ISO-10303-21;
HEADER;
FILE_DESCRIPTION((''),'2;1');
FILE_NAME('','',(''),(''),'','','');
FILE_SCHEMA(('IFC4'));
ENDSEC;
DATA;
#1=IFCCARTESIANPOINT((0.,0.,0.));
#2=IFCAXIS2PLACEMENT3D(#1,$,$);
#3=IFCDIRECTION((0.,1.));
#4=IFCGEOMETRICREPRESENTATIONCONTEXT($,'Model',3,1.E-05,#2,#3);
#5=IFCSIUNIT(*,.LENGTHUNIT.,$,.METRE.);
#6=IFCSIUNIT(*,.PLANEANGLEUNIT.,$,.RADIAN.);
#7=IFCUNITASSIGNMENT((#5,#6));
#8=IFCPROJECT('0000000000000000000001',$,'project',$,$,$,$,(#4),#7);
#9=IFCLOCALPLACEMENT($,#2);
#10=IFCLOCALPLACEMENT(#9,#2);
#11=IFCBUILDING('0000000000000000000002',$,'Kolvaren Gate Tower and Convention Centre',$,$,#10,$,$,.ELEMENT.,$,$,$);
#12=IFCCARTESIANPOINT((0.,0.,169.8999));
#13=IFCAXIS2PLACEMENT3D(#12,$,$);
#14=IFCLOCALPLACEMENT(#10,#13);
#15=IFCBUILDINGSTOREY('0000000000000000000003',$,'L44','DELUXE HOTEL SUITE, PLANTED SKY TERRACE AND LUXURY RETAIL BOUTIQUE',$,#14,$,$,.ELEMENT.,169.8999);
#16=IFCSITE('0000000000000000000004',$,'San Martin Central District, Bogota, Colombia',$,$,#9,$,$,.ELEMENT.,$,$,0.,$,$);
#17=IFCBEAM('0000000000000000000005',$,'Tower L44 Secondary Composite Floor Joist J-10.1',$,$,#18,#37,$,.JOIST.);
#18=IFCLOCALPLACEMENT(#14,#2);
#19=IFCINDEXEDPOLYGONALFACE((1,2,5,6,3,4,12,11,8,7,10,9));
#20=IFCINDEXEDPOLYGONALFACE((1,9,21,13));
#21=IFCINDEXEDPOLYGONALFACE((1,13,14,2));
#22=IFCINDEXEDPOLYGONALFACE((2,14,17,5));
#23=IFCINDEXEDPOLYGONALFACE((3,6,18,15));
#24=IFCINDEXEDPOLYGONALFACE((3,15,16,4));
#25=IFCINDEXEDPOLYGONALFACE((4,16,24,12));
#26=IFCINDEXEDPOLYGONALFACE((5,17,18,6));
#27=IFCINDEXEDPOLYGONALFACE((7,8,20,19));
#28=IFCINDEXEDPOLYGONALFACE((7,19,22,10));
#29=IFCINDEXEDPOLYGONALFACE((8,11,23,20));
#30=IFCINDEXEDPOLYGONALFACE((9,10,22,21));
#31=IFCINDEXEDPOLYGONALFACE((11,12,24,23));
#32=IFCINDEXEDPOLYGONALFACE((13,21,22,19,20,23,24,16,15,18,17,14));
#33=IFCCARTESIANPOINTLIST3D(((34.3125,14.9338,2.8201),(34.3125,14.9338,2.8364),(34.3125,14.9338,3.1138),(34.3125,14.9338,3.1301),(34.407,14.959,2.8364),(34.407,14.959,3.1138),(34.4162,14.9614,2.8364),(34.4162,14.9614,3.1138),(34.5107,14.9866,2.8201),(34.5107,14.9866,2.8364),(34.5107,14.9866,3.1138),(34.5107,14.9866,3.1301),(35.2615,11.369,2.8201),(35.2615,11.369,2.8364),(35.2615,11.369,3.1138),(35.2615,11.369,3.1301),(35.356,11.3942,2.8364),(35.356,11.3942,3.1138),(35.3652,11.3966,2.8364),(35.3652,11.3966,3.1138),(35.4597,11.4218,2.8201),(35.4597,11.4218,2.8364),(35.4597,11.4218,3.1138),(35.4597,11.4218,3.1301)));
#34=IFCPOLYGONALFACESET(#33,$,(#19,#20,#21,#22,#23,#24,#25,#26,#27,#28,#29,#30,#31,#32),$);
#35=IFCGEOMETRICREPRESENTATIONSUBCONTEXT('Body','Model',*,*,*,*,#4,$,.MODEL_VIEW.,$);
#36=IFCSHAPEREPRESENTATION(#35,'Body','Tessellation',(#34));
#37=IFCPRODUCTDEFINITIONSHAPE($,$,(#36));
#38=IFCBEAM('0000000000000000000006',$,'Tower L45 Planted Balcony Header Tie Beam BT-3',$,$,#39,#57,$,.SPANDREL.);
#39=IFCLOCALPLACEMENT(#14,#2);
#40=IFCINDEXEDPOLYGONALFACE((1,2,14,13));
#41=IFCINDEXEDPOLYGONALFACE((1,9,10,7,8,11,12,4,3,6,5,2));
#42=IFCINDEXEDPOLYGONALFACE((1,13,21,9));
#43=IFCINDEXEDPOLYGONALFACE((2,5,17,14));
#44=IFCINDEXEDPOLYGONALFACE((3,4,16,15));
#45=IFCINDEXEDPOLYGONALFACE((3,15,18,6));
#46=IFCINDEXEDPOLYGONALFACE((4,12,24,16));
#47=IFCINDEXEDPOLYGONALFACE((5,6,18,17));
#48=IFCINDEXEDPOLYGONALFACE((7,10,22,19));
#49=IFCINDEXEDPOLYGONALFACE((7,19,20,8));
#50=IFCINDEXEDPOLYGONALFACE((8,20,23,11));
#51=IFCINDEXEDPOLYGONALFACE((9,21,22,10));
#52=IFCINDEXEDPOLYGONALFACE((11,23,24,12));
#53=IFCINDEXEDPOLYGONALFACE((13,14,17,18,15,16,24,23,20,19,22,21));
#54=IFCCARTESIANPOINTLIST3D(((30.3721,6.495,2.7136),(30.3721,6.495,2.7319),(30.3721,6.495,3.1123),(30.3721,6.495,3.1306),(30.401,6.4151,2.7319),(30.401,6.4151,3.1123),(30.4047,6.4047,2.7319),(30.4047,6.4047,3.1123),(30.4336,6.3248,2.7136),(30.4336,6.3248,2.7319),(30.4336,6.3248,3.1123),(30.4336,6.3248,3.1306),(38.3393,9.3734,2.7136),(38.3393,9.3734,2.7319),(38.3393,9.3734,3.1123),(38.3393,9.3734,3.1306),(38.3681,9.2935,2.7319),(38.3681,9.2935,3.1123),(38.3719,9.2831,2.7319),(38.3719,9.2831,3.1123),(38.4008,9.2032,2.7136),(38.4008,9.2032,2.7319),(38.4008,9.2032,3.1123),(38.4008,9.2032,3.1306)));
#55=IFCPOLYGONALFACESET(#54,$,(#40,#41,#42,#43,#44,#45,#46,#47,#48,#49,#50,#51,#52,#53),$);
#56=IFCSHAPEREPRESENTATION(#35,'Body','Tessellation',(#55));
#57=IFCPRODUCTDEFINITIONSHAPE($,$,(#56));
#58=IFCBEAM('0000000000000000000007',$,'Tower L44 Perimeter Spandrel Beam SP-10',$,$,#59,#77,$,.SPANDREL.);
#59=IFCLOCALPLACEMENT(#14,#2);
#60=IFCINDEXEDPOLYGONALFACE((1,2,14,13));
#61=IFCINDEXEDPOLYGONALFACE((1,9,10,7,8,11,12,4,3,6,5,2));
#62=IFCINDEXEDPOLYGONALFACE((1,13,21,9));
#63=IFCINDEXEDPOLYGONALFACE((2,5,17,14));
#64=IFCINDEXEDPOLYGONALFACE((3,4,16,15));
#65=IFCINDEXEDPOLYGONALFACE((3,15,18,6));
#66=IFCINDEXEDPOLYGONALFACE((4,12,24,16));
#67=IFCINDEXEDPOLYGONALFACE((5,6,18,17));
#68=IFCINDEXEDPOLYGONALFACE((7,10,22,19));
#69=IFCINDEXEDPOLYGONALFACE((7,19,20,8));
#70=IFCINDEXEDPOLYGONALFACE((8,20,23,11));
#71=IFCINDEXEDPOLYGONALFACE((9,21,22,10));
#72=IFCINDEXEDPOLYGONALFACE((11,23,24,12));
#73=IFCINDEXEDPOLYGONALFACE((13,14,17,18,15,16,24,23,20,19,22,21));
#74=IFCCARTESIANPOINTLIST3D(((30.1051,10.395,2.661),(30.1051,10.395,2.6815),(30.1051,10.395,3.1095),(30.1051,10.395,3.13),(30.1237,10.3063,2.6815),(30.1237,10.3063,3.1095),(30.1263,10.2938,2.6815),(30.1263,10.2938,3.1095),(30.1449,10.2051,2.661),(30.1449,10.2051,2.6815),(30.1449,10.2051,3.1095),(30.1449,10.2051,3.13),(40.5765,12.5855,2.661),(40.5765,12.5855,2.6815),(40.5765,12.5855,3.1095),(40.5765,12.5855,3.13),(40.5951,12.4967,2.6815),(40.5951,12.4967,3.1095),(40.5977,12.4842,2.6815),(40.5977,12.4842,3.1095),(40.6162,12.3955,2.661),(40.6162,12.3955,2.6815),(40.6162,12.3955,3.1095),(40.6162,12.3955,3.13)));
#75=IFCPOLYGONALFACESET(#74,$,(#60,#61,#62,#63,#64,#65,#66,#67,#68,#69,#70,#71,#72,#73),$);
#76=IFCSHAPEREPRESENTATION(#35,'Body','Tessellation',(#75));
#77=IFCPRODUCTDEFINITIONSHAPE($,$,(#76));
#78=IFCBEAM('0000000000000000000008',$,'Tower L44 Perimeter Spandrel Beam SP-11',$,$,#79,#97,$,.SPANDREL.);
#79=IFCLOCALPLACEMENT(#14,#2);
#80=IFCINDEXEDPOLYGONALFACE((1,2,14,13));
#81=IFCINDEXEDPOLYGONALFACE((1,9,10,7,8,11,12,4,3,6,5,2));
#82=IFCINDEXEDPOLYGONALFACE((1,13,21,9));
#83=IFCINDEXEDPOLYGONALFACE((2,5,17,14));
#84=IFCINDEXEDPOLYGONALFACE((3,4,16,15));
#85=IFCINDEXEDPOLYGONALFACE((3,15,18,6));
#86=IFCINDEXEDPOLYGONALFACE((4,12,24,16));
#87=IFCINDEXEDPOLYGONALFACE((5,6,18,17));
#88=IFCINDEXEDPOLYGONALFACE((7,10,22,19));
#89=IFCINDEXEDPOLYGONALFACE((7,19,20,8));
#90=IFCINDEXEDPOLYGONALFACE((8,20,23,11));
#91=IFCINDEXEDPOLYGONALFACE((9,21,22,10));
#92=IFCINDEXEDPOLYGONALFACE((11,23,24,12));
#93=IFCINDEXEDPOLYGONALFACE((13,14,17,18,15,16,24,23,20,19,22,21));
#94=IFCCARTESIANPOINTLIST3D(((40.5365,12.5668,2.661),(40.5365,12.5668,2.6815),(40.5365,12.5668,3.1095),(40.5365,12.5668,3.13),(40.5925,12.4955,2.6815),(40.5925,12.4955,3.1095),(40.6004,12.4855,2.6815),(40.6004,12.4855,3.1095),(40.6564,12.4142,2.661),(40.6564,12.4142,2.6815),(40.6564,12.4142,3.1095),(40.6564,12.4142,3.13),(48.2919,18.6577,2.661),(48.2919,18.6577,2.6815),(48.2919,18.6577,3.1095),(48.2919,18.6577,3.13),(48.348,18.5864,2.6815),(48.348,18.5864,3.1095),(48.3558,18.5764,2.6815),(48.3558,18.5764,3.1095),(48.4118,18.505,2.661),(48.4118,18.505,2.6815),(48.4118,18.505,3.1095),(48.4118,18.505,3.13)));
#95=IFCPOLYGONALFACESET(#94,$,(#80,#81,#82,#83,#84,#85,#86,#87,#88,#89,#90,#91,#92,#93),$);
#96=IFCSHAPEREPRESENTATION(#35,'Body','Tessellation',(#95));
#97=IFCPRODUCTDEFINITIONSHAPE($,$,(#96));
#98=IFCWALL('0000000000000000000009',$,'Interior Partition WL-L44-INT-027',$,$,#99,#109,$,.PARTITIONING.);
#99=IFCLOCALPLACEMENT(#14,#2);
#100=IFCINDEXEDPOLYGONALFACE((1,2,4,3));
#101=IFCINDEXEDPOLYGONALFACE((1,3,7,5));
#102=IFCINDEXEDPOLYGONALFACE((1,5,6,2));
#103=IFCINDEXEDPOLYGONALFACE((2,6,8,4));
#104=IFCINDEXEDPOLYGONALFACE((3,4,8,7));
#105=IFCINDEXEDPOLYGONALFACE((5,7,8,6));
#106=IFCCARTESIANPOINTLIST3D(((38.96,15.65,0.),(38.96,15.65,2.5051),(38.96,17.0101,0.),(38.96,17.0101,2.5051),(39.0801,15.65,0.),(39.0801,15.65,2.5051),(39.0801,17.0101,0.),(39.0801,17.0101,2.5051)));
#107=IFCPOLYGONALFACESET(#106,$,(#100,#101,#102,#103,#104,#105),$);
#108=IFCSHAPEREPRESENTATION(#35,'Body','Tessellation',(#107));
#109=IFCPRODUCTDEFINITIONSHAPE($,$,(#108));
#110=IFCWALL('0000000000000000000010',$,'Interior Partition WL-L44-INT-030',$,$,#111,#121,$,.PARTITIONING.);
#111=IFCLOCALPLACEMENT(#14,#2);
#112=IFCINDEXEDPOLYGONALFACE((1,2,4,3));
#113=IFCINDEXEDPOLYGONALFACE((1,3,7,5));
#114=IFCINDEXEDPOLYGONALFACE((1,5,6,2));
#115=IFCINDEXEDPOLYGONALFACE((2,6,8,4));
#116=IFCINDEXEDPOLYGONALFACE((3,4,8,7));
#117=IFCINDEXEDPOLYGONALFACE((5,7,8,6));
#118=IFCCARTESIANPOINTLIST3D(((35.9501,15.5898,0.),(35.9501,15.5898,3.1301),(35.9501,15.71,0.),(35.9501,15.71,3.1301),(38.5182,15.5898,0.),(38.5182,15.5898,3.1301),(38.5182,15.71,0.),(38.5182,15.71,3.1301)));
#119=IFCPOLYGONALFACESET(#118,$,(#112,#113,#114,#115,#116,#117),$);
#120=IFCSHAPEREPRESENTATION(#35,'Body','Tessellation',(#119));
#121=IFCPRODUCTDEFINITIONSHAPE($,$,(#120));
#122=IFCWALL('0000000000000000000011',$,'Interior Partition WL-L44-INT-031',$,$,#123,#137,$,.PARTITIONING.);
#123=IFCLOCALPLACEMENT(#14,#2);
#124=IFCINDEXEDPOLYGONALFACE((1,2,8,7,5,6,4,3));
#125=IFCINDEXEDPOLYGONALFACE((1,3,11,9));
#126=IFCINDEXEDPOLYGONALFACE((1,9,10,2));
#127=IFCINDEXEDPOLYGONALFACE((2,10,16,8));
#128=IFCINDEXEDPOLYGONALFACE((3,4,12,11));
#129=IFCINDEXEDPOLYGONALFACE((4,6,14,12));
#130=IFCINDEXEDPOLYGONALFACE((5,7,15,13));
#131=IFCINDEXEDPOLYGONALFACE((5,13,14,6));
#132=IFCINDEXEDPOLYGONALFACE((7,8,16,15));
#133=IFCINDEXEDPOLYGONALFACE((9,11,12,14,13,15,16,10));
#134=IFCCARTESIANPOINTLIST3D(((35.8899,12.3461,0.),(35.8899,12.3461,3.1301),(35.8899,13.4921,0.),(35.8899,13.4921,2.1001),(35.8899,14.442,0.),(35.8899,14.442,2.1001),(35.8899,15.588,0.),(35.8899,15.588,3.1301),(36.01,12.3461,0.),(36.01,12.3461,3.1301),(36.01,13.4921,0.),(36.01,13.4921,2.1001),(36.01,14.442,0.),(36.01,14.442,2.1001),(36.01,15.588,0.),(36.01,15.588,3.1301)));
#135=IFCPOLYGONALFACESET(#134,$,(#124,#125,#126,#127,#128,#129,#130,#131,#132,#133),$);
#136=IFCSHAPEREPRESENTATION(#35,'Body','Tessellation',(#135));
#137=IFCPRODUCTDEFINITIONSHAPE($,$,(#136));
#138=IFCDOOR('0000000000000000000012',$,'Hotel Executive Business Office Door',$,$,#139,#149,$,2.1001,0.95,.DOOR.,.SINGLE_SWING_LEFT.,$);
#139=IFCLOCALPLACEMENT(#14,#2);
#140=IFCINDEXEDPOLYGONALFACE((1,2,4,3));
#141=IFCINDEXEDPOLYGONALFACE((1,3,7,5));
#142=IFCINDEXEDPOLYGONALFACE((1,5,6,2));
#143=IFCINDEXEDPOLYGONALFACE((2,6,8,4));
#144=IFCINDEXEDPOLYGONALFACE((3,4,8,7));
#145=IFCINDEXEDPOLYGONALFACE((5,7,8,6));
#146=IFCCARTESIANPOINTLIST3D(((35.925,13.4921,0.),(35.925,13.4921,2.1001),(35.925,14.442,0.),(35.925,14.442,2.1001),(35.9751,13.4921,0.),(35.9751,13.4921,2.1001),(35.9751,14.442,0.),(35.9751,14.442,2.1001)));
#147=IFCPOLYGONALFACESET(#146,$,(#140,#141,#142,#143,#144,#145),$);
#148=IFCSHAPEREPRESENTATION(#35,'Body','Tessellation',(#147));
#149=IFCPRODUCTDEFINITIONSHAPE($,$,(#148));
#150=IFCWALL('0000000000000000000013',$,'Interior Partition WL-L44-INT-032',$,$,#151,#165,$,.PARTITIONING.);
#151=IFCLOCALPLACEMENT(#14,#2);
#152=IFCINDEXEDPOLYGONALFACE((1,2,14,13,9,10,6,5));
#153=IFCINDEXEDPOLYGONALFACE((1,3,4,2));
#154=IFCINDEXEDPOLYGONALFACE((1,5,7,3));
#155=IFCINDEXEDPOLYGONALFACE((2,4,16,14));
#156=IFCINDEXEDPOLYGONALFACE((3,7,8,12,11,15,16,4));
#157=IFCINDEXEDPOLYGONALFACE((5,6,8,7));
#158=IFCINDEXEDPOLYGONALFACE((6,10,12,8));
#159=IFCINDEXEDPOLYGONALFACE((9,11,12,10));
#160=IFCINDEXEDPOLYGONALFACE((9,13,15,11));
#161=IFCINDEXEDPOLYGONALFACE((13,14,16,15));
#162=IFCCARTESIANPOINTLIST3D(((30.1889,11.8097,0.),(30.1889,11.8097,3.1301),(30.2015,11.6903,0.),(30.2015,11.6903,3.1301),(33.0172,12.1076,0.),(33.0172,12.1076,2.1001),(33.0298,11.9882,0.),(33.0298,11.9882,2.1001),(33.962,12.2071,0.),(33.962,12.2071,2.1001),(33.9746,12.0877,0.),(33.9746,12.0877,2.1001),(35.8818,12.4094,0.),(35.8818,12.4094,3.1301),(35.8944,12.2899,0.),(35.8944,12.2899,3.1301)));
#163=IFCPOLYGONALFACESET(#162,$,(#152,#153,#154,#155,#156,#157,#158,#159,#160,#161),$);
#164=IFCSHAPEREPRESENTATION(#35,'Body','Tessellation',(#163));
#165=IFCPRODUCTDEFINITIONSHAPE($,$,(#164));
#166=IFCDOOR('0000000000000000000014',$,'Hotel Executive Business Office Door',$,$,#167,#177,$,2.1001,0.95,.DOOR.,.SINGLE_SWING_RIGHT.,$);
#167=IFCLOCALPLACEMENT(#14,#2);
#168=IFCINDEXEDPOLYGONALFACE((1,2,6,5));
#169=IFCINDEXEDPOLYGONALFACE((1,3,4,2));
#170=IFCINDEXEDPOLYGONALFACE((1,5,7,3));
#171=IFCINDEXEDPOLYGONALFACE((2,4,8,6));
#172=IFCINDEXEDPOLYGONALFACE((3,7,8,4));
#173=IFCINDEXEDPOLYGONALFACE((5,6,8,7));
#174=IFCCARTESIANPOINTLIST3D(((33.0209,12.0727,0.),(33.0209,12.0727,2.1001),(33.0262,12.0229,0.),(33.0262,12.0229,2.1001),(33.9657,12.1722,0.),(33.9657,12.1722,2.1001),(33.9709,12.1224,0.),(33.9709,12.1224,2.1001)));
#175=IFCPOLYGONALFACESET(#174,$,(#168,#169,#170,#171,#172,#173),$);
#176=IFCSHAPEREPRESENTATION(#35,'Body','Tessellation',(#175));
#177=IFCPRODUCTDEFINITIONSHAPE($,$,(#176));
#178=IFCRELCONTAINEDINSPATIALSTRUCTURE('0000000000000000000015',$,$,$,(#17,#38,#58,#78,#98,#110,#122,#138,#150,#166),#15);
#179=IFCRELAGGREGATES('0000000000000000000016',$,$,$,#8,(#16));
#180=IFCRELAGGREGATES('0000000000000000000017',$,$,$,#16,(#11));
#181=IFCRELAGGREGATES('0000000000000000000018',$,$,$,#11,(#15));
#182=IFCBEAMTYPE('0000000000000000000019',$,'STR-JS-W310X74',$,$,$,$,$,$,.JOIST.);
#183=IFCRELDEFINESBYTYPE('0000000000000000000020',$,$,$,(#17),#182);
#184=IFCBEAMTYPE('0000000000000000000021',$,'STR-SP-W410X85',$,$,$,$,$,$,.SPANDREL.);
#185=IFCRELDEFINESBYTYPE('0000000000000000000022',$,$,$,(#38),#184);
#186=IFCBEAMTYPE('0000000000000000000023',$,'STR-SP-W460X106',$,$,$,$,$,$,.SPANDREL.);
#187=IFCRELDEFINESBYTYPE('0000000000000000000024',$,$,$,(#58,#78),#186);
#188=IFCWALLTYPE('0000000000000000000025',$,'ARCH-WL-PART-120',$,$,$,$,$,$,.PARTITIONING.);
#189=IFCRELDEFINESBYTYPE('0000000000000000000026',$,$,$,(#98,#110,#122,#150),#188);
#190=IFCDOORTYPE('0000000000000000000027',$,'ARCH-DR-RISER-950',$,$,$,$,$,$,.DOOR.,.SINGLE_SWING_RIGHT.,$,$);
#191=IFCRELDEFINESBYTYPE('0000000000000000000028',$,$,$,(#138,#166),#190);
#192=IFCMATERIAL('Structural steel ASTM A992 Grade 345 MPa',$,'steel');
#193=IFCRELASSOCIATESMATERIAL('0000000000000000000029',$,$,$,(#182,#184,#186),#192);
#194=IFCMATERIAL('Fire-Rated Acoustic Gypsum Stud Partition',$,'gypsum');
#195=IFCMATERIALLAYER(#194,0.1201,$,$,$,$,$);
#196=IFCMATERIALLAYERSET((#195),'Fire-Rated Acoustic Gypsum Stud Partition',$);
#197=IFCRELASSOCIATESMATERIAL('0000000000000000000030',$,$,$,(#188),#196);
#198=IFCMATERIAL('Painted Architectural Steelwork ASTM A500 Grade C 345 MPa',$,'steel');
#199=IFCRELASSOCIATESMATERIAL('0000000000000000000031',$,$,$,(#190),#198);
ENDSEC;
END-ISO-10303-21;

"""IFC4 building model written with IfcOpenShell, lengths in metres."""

from ifc_helpers import new_model, si_unit, direction, frame, frame_2d, origin, origin_2d, place, context, subcontext, project, spatial, rectangle, i_section, extrude, material, layer, layer_set, material_profile, profile_set, type_object, element, fill, save


model = new_model("IFC4")

# Units and contexts
model_context = context("Model", 3, precision=1e-05, world=origin(), true_north=direction((0.0, 1.0)))
body_context = subcontext(model_context, "Body", "Model", "MODEL_VIEW")
ifc_project = project(units=[si_unit("LENGTHUNIT", "METRE"), si_unit("PLANEANGLEUNIT", "RADIAN")], contexts=[model_context])

# Site, building, storey
site_placement = place(None, origin())
site = spatial("IfcSite", under=ifc_project, at=site_placement, Name="San Martin Central District, Bogota, Colombia", CompositionType="ELEMENT", RefElevation=0.0)
building_placement = place(site_placement, origin())
building = spatial("IfcBuilding", under=site, at=building_placement, Name="Kolvaren Gate Tower and Convention Centre", CompositionType="ELEMENT")
storey_placement = place(building_placement, frame((0.0, 0.0, 169.8999)))
storey = spatial("IfcBuildingStorey", under=building, at=storey_placement, Name="L44", Description="DELUXE HOTEL SUITE, PLANTED SKY TERRACE AND LUXURY RETAIL BOUTIQUE", CompositionType="ELEMENT", Elevation=169.8999)

# Beams
ifc_material_1 = material(Name="Structural steel ASTM A992 Grade 345 MPa", Category="steel")
ifc_material_profile_1 = material_profile(ifc_material_1, i_section(OverallWidth=0.2051, OverallDepth=0.3101, WebThickness=0.0095, FlangeThickness=0.0164, at=origin_2d()), Name="W310X74")
ifc_profile_set_1 = profile_set([ifc_material_profile_1], Name="Structural steel ASTM A992 Grade 345 MPa")
beam_type_1 = type_object("IfcBeamType", Name="STR-JS-W310X74", PredefinedType="JOIST", material=ifc_profile_set_1)
beam_1_placement = place(storey_placement, frame((34.4116, 14.9602, 2.9751), z_axis=(0.257238, -0.966348, 0.0), x_axis=(0.966348, 0.257238, 0.0)))
element("IfcBeam", 1, at=beam_1_placement, inside=storey, type_object=beam_type_1, Name="Tower L44 Secondary Composite Floor Joist J-10.1", PredefinedType="JOIST", context=body_context, shape_type="SweptSolid", body=[
    extrude(i_section(OverallWidth=0.2051, OverallDepth=0.3101, WebThickness=0.0095, FlangeThickness=0.0164, at=origin_2d()), origin(), (0.0, 0.0, 1.0), 3.689),
])
ifc_material_profile_2 = material_profile(ifc_material_1, i_section(OverallWidth=0.1809, OverallDepth=0.417, WebThickness=0.011, FlangeThickness=0.0183, at=origin_2d()), Name="W410X85")
ifc_profile_set_2 = profile_set([ifc_material_profile_2], Name="Structural steel ASTM A992 Grade 345 MPa")
beam_type_2 = type_object("IfcBeamType", Name="STR-SP-W410X85", PredefinedType="SPANDREL", material=ifc_profile_set_2)
beam_2_placement = place(storey_placement, frame((30.4028, 6.4099, 2.9221), z_axis=(0.940503, 0.339785, 0.0), x_axis=(-0.339785, 0.940503, 0.0)))
element("IfcBeam", 2, at=beam_2_placement, inside=storey, type_object=beam_type_2, Name="Tower L45 Planted Balcony Header Tie Beam BT-3", PredefinedType="SPANDREL", context=body_context, shape_type="SweptSolid", body=[
    extrude(i_section(OverallWidth=0.1809, OverallDepth=0.417, WebThickness=0.011, FlangeThickness=0.0183, at=origin_2d()), origin(), (0.0, 0.0, 1.0), 8.4712),
])
ifc_material_profile_3 = material_profile(ifc_material_1, i_section(OverallWidth=0.1941, OverallDepth=0.469, WebThickness=0.0127, FlangeThickness=0.0205, at=origin_2d()), Name="W460X106")
ifc_profile_set_3 = profile_set([ifc_material_profile_3], Name="Structural steel ASTM A992 Grade 345 MPa")
beam_type_3 = type_object("IfcBeamType", Name="STR-SP-W460X106", PredefinedType="SPANDREL", material=ifc_profile_set_3)
beam_3_placement = place(storey_placement, frame((30.125, 10.3, 2.8955), z_axis=(0.978814, 0.20475, 0.0), x_axis=(-0.20475, 0.978814, 0.0)))
element("IfcBeam", 3, at=beam_3_placement, inside=storey, type_object=beam_type_3, Name="Tower L44 Perimeter Spandrel Beam SP-10", PredefinedType="SPANDREL", context=body_context, shape_type="SweptSolid", body=[
    extrude(i_section(OverallWidth=0.1941, OverallDepth=0.469, WebThickness=0.0127, FlangeThickness=0.0205, at=origin_2d()), origin(), (0.0, 0.0, 1.0), 10.698),
])
beam_4_placement = place(storey_placement, frame((40.5964, 12.4905, 2.8955), z_axis=(0.786451, 0.617653, 0.0), x_axis=(-0.617653, 0.786451, 0.0)))
element("IfcBeam", 4, at=beam_4_placement, inside=storey, type_object=beam_type_3, Name="Tower L44 Perimeter Spandrel Beam SP-11", PredefinedType="SPANDREL", context=body_context, shape_type="SweptSolid", body=[
    extrude(i_section(OverallWidth=0.1941, OverallDepth=0.469, WebThickness=0.0127, FlangeThickness=0.0205, at=origin_2d()), origin(), (0.0, 0.0, 1.0), 9.8613),
])

# Walls
ifc_material_2 = material(Name="Fire-Rated Acoustic Gypsum Stud Partition", Category="gypsum")
ifc_layer_1 = layer(ifc_material_2, 0.1201)
ifc_layer_set_1 = layer_set([ifc_layer_1], Name="Fire-Rated Acoustic Gypsum Stud Partition")
wall_type_1 = type_object("IfcWallType", Name="ARCH-WL-PART-120", PredefinedType="PARTITIONING", material=ifc_layer_set_1)
wall_1_placement = place(storey_placement, frame((39.02, 15.6499, 0.0), z_axis=(0.0, 0.0, 1.0), x_axis=(0.0, 1.0, 0.0)))
element("IfcWall", 5, at=wall_1_placement, inside=storey, type_object=wall_type_1, Name="Interior Partition WL-L44-INT-027", PredefinedType="PARTITIONING", context=body_context, shape_type="SweptSolid", body=[
    extrude(rectangle(XDim=1.3601, YDim=0.1201, at=frame_2d((0.6802, 0.0))), origin(), (0.0, 0.0, 1.0), 2.5051),
])
wall_2_placement = place(storey_placement, frame((35.95, 15.6499, 0.0), z_axis=(0.0, 0.0, 1.0), x_axis=(1.0, 0.0, 0.0)))
element("IfcWall", 6, at=wall_2_placement, inside=storey, type_object=wall_type_1, Name="Interior Partition WL-L44-INT-030", PredefinedType="PARTITIONING", context=body_context, shape_type="SweptSolid", body=[
    extrude(rectangle(XDim=2.5681, YDim=0.1201, at=frame_2d((1.2842, 0.0))), origin(), (0.0, 0.0, 1.0), 3.1301),
])

# Walls, openings, doors
wall_3_placement = place(storey_placement, frame((35.95, 12.3459, 0.0), z_axis=(0.0, 0.0, 1.0), x_axis=(0.0, 1.0, 0.0)))
wall_3 = element("IfcWall", 7, at=wall_3_placement, inside=storey, type_object=wall_type_1, Name="Interior Partition WL-L44-INT-031", PredefinedType="PARTITIONING", context=body_context, shape_type="SweptSolid", body=[
    extrude(rectangle(XDim=3.2419, YDim=0.1201, at=frame_2d((1.6211, 0.0))), origin(), (0.0, 0.0, 1.0), 3.1301),
])
opening_1_placement = place(wall_3_placement, frame((1.146, 0.0, 0.0)))
opening_1 = element("IfcOpeningElement", 8, at=opening_1_placement, cuts=wall_3, PredefinedType="OPENING", context=body_context, shape_type="SweptSolid", body=[
    extrude(rectangle(XDim=0.95, YDim=2.1001, at=frame_2d((0.4751, 1.05))), frame((0.0, 0.0701, 0.0), z_axis=(0.0, -1.0, 0.0), x_axis=(1.0, 0.0, 0.0)), (0.0, 0.0, 1.0), 0.1401),
])
ifc_material_3 = material(Name="Painted Architectural Steelwork ASTM A500 Grade C 345 MPa", Category="steel")
door_type_1 = type_object("IfcDoorType", Name="ARCH-DR-RISER-950", OperationType="SINGLE_SWING_RIGHT", PredefinedType="DOOR", material=ifc_material_3)
door_1_placement = place(opening_1_placement, origin())
door_1 = element("IfcDoor", 9, at=door_1_placement, inside=storey, type_object=door_type_1, Name="Hotel Executive Business Office Door", OperationType="SINGLE_SWING_LEFT", OverallHeight=2.1001, OverallWidth=0.95, PredefinedType="DOOR", context=body_context, shape_type="SweptSolid", body=[
    extrude(rectangle(XDim=0.95, YDim=2.1001, at=frame_2d((0.4751, 1.05))), frame((0.0, 0.0249, 0.0), z_axis=(0.0, -1.0, 0.0), x_axis=(1.0, 0.0, 0.0)), (0.0, 0.0, 1.0), 0.05),
])
fill(opening_1, door_1)
wall_4_placement = place(storey_placement, frame((30.1951, 11.75, 0.0), z_axis=(0.0, 0.0, 1.0), x_axis=(0.994499, 0.104747, 0.0)))
wall_4 = element("IfcWall", 10, at=wall_4_placement, inside=storey, type_object=wall_type_1, Name="Interior Partition WL-L44-INT-032", PredefinedType="PARTITIONING", context=body_context, shape_type="SweptSolid", body=[
    extrude(rectangle(XDim=5.7244, YDim=0.1201, at=frame_2d((2.8623, 0.0))), origin(), (0.0, 0.0, 1.0), 3.1301),
])
opening_2_placement = place(wall_4_placement, frame((2.844, 0.0, 0.0)))
opening_2 = element("IfcOpeningElement", 11, at=opening_2_placement, cuts=wall_4, PredefinedType="OPENING", context=body_context, shape_type="SweptSolid", body=[
    extrude(rectangle(XDim=0.95, YDim=2.1001, at=frame_2d((0.4751, 1.05))), frame((0.0, 0.0701, 0.0), z_axis=(0.0, -1.0, 0.0), x_axis=(1.0, 0.0, 0.0)), (0.0, 0.0, 1.0), 0.1401),
])
door_2_placement = place(opening_2_placement, origin())
door_2 = element("IfcDoor", 12, at=door_2_placement, inside=storey, type_object=door_type_1, Name="Hotel Executive Business Office Door", OperationType="SINGLE_SWING_RIGHT", OverallHeight=2.1001, OverallWidth=0.95, PredefinedType="DOOR", context=body_context, shape_type="SweptSolid", body=[
    extrude(rectangle(XDim=0.95, YDim=2.1001, at=frame_2d((0.4751, 1.05))), frame((0.0, 0.0249, 0.0), z_axis=(0.0, -1.0, 0.0), x_axis=(1.0, 0.0, 0.0)), (0.0, 0.0, 1.0), 0.05),
])
fill(opening_2, door_2)

save(model, "model.ifc")
